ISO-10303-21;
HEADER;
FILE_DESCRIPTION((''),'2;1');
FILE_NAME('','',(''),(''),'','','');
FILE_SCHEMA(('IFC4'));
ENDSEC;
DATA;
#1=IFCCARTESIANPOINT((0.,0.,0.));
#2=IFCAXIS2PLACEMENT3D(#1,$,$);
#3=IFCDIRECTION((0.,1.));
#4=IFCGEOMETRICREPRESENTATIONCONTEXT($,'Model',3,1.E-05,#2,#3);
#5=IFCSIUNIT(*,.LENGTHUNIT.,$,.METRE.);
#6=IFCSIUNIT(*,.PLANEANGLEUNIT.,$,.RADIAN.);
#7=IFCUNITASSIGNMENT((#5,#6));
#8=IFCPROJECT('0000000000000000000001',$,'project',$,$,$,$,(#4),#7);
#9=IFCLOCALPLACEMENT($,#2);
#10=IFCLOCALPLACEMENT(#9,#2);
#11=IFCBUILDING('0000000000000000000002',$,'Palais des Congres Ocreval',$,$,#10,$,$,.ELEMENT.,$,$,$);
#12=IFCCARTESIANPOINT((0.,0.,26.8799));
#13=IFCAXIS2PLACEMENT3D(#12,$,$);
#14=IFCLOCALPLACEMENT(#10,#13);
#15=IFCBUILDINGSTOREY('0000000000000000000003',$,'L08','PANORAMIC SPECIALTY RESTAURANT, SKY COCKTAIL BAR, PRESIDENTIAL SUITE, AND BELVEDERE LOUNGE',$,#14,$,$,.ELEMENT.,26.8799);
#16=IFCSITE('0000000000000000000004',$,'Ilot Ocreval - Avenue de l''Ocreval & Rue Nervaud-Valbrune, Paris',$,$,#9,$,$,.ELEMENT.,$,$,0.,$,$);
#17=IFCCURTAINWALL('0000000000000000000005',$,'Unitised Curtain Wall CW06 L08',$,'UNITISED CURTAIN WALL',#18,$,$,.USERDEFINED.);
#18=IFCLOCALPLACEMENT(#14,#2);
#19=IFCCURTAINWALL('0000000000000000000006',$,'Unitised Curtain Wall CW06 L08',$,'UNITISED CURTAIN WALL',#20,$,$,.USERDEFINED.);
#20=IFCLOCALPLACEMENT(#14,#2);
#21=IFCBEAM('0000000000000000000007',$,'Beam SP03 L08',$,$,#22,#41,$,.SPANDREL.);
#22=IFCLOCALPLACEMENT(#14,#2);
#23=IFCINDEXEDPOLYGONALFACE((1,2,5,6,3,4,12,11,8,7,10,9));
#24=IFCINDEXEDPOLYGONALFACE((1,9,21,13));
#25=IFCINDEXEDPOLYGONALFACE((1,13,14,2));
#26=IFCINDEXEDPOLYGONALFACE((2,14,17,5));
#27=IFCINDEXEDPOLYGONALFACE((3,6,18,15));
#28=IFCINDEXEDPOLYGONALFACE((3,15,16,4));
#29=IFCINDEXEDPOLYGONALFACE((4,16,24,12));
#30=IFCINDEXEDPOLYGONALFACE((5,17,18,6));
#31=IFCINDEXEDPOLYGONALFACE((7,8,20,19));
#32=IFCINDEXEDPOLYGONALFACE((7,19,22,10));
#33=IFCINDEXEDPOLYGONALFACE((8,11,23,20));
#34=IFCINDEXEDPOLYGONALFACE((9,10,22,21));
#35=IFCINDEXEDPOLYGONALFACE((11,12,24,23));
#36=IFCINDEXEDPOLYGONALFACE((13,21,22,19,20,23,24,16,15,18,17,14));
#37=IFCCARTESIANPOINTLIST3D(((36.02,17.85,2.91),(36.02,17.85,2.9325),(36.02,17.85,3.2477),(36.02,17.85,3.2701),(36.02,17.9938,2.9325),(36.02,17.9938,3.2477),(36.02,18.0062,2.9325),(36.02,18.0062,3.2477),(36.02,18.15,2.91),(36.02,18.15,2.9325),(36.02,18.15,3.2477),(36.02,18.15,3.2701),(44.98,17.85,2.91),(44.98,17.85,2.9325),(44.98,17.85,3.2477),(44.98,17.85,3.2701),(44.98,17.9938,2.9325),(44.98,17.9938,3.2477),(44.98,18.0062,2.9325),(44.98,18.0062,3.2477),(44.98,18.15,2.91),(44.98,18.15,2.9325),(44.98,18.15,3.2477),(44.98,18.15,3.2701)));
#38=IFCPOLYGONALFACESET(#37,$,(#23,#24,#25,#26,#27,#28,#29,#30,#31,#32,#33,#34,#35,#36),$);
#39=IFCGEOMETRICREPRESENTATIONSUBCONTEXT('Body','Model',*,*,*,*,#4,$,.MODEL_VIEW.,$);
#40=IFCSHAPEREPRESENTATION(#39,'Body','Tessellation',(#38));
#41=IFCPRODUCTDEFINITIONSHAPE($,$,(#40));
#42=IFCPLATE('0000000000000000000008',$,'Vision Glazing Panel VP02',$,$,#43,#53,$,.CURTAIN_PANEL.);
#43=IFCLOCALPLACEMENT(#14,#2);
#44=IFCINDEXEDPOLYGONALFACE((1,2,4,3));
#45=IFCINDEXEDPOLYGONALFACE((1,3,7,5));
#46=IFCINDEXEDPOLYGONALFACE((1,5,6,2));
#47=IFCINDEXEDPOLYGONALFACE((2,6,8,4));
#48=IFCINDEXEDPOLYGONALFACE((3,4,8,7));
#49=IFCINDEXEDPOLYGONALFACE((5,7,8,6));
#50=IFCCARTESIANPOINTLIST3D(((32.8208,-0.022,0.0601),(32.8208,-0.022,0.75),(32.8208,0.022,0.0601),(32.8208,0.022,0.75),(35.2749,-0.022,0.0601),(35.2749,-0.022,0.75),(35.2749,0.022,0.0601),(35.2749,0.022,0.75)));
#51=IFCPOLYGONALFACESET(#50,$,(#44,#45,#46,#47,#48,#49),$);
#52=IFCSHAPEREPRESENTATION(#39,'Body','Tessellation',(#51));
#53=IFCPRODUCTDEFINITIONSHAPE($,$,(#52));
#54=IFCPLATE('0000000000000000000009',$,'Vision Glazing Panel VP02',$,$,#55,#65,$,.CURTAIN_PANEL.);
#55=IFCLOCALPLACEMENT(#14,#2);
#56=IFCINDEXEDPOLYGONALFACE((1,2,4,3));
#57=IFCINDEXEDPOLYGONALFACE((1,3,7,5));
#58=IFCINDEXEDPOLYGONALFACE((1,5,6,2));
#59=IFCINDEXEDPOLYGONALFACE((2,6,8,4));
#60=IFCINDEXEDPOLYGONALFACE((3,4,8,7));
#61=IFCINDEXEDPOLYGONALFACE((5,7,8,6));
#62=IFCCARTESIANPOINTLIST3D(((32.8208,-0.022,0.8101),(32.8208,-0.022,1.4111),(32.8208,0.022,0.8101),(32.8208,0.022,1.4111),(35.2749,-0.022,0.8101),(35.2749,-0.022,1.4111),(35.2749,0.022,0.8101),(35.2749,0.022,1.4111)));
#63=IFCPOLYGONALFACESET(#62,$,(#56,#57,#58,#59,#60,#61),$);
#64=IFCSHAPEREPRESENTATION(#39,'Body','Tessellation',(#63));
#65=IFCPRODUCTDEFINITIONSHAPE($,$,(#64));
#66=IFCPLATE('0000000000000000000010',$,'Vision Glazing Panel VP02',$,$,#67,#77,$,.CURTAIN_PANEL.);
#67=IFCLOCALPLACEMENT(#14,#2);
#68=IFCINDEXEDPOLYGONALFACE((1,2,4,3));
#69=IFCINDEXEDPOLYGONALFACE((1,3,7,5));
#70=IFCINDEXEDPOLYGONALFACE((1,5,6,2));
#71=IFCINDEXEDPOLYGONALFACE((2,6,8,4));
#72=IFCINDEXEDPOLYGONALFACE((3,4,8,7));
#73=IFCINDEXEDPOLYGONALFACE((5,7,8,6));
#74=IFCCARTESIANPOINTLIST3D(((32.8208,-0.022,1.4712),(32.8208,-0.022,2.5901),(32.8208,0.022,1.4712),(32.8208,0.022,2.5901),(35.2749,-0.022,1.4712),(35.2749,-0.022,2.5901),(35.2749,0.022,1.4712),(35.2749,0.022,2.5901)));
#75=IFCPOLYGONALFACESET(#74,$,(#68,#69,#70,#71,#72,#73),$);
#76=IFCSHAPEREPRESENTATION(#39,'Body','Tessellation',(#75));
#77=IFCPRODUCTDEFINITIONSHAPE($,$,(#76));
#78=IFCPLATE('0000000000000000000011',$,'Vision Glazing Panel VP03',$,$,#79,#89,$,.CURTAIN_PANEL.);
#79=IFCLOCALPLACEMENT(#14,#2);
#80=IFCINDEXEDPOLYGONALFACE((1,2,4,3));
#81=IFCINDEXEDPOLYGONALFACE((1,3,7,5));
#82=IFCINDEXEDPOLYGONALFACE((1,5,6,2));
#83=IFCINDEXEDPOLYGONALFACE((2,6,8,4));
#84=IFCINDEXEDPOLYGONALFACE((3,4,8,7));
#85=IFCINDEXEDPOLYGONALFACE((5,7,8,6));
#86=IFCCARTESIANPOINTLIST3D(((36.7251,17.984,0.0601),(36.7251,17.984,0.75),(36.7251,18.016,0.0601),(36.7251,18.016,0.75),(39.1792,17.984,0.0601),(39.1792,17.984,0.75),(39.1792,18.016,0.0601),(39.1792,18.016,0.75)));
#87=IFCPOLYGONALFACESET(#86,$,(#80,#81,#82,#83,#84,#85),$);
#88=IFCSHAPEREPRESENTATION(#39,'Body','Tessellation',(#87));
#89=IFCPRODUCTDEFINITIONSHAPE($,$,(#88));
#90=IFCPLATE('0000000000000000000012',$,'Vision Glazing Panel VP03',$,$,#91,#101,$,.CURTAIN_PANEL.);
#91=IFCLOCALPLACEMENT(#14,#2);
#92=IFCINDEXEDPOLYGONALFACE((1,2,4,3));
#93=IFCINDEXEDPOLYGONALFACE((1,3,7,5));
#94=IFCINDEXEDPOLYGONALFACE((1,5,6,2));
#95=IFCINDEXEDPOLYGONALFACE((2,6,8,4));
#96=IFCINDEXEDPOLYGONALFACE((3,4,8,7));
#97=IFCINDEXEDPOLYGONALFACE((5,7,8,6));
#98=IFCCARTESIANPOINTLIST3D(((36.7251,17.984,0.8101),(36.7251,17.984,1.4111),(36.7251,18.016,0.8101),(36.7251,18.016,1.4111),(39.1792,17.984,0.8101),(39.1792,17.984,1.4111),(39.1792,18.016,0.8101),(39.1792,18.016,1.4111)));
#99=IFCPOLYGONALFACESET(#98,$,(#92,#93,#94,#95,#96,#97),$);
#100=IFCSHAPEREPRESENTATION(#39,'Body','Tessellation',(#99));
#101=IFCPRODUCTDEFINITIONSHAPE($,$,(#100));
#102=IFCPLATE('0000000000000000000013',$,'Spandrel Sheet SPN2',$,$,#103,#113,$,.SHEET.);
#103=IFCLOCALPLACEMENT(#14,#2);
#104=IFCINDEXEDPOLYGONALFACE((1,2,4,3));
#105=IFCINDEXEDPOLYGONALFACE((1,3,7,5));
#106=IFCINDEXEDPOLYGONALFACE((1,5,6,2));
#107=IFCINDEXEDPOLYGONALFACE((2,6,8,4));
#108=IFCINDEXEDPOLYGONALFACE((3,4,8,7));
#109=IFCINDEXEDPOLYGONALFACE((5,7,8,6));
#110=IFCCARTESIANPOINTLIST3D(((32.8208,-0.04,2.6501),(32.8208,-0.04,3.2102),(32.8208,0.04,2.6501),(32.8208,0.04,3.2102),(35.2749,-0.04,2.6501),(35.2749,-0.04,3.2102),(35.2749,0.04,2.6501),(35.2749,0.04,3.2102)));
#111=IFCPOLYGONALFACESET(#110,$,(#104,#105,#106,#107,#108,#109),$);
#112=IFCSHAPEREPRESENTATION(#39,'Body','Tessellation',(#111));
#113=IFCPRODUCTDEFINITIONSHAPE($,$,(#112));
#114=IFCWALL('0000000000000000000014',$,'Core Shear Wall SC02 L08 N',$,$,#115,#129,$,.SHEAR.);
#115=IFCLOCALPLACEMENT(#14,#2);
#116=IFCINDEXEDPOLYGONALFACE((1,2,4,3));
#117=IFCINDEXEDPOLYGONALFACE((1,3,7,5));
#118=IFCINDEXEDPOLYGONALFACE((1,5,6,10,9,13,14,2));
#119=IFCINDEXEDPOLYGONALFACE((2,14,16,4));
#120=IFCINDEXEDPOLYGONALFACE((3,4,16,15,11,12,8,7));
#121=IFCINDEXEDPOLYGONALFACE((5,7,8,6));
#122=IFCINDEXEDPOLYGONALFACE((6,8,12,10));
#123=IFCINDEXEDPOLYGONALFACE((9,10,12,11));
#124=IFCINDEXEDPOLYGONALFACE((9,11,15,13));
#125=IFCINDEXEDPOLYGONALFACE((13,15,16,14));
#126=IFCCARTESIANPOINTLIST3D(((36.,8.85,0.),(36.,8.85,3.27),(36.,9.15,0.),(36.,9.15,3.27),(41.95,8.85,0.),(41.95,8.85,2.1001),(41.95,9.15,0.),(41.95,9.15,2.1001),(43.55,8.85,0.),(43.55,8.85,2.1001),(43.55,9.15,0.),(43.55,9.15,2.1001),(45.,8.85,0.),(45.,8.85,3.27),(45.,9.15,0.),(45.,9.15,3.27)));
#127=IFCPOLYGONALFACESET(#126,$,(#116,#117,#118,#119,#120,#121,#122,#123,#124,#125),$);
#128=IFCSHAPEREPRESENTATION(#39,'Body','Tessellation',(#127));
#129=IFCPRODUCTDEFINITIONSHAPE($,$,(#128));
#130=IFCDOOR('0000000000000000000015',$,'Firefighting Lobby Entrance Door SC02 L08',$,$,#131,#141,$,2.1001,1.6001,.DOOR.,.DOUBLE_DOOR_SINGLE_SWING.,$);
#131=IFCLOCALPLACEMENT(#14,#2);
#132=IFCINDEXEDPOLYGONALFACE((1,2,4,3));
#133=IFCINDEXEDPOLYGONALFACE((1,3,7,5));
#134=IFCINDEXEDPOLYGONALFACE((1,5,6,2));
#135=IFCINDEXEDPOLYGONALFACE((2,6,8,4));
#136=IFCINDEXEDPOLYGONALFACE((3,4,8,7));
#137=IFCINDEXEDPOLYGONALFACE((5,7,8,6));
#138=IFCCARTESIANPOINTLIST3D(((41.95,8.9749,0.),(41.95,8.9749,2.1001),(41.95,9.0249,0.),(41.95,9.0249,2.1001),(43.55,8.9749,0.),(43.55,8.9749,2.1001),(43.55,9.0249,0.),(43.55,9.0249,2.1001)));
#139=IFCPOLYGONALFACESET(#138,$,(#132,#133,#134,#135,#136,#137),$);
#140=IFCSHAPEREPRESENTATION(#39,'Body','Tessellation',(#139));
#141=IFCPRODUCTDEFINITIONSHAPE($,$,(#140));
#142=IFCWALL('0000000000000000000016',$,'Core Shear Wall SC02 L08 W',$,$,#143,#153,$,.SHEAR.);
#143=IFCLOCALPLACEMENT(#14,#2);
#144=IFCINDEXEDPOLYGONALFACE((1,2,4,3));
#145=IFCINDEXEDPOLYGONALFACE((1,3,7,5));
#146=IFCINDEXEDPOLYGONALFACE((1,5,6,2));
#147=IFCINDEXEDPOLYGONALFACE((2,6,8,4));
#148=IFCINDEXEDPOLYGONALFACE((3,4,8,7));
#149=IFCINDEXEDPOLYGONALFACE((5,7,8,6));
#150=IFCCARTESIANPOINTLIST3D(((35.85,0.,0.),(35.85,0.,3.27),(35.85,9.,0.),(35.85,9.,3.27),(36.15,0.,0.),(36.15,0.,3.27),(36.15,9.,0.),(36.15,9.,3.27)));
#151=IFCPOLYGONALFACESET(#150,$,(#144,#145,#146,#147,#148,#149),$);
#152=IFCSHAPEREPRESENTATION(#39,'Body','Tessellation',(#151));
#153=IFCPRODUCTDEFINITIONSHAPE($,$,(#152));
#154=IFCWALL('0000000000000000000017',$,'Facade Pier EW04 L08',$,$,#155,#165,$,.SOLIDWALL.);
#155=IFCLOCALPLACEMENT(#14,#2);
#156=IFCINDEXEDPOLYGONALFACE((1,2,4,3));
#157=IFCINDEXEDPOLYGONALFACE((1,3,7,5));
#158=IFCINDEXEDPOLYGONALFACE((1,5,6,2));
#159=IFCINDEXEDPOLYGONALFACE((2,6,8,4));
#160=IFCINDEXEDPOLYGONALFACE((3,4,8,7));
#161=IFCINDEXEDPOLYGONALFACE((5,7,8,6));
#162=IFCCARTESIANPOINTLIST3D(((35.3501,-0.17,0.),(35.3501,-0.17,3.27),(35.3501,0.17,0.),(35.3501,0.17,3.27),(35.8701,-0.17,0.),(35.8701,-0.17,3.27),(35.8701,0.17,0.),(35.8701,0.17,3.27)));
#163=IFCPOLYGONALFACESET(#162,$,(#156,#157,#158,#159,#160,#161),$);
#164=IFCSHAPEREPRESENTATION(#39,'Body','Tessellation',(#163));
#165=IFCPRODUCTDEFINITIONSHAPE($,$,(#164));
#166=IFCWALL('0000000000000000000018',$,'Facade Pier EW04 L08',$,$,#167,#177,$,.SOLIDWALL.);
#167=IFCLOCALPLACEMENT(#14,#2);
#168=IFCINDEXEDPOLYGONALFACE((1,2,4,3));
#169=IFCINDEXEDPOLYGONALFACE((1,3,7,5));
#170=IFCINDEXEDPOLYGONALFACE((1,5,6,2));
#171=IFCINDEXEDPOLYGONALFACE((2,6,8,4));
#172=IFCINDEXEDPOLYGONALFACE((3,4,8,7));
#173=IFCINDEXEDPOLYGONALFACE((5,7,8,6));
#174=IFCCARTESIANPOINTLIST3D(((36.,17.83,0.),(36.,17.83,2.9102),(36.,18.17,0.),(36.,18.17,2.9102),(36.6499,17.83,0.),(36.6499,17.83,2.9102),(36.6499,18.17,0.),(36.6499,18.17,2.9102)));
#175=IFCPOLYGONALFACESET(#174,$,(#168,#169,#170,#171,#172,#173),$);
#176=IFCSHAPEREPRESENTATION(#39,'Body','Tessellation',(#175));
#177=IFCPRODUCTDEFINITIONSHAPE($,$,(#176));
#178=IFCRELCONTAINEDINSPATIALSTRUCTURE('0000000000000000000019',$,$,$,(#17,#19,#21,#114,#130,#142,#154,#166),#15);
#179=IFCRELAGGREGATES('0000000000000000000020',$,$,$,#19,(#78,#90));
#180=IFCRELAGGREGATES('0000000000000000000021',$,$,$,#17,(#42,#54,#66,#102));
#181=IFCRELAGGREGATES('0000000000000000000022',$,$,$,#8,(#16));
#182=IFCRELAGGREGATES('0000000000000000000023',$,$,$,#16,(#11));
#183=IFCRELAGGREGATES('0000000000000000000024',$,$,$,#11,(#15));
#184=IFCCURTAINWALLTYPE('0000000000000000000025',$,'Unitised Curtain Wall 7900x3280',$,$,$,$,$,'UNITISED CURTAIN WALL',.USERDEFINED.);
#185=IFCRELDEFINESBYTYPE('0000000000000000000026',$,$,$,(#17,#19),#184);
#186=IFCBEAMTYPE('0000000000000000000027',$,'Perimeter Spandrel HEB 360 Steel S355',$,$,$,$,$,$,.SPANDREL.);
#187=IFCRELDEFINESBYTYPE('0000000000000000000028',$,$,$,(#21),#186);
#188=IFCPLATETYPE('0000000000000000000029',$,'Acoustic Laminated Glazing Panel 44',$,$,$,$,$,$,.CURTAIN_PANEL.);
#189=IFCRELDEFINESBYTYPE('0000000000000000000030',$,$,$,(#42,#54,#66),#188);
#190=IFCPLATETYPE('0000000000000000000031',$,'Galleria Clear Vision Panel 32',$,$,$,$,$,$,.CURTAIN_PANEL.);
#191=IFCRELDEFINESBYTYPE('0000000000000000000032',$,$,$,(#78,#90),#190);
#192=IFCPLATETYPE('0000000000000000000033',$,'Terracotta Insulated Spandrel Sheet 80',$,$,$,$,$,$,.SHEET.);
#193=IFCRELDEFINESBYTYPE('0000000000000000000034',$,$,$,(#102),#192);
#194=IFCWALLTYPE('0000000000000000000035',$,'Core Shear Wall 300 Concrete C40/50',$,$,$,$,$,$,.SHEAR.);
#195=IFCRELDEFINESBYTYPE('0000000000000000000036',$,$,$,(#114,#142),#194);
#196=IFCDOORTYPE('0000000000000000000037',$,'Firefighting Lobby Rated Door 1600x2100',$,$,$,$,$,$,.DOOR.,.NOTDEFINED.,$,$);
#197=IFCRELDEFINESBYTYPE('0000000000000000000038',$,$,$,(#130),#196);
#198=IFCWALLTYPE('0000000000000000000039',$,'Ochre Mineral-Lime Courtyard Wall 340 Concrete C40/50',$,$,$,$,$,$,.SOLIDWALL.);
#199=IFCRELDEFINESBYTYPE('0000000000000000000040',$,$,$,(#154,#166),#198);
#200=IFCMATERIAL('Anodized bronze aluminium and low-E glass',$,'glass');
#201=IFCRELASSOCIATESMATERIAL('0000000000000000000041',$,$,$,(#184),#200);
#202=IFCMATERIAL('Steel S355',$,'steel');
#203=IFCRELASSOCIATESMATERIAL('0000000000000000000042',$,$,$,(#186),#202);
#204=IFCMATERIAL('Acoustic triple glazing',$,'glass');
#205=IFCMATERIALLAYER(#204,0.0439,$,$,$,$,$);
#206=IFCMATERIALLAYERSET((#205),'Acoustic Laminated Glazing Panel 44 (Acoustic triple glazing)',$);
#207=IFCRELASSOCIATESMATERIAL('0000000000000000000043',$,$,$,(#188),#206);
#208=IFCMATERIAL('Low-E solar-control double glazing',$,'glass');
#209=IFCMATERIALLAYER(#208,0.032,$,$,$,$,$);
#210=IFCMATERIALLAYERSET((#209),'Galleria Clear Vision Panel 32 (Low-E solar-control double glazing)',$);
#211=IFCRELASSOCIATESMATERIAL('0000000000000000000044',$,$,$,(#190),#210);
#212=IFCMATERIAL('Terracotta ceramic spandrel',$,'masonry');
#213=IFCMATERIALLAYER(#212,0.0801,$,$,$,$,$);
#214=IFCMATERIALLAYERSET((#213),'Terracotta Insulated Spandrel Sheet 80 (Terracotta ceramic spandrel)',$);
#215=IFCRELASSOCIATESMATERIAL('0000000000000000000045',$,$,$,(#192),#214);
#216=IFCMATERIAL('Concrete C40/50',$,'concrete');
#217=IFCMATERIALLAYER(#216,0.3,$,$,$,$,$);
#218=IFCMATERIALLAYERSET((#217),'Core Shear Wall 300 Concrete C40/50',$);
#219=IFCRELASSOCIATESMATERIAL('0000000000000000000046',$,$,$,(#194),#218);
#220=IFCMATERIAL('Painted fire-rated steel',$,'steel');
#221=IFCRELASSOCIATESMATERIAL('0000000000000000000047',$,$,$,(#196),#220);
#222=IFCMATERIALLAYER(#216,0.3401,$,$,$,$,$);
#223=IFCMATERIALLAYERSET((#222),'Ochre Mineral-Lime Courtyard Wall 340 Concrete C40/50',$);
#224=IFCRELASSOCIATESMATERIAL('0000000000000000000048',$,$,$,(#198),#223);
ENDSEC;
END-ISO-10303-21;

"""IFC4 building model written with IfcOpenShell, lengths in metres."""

from ifc_helpers import new_model, si_unit, direction, frame, frame_2d, origin, origin_2d, place, context, subcontext, project, spatial, rectangle, i_section, extrude, material, layer, layer_set, material_profile, profile_set, type_object, element, fill, aggregate, save


model = new_model("IFC4")

# Units and contexts
model_context = context("Model", 3, precision=1e-05, world=origin(), true_north=direction((0.0, 1.0)))
body_context = subcontext(model_context, "Body", "Model", "MODEL_VIEW")
ifc_project = project(units=[si_unit("LENGTHUNIT", "METRE"), si_unit("PLANEANGLEUNIT", "RADIAN")], contexts=[model_context])

# Site, building, storey
site_placement = place(None, origin())
site = spatial("IfcSite", under=ifc_project, at=site_placement, Name="Ilot Ocreval - Avenue de l'Ocreval & Rue Nervaud-Valbrune, Paris", CompositionType="ELEMENT", RefElevation=0.0)
building_placement = place(site_placement, origin())
building = spatial("IfcBuilding", under=site, at=building_placement, Name="Palais des Congres Ocreval", CompositionType="ELEMENT")
storey_placement = place(building_placement, frame((0.0, 0.0, 26.8799)))
storey = spatial("IfcBuildingStorey", under=building, at=storey_placement, Name="L08", Description="PANORAMIC SPECIALTY RESTAURANT, SKY COCKTAIL BAR, PRESIDENTIAL SUITE, AND BELVEDERE LOUNGE", CompositionType="ELEMENT", Elevation=26.8799)

# Shared definitions
ifc_material_1 = material(Name="Steel S355", Category="steel")

# Curtain wall
ifc_material_2 = material(Name="Anodized bronze aluminium and low-E glass", Category="glass")
curtain_wall_type = type_object("IfcCurtainWallType", Name="Unitised Curtain Wall 7900x3280", ElementType="UNITISED CURTAIN WALL", PredefinedType="USERDEFINED", material=ifc_material_2)
curtain_wall_1_placement = place(storey_placement, origin())
curtain_wall_1 = element("IfcCurtainWall", 1, at=curtain_wall_1_placement, inside=storey, type_object=curtain_wall_type, Name="Unitised Curtain Wall CW06 L08", ObjectType="UNITISED CURTAIN WALL", PredefinedType="USERDEFINED")

# Curtain wall
curtain_wall_2_placement = place(storey_placement, origin())
curtain_wall_2 = element("IfcCurtainWall", 2, at=curtain_wall_2_placement, inside=storey, type_object=curtain_wall_type, Name="Unitised Curtain Wall CW06 L08", ObjectType="UNITISED CURTAIN WALL", PredefinedType="USERDEFINED")

# Beam
ifc_material_profile_1 = material_profile(ifc_material_1, i_section(OverallWidth=0.3, OverallDepth=0.3601, WebThickness=0.0125, FlangeThickness=0.0225, at=origin_2d()), Name="HEB 360")
ifc_profile_set_1 = profile_set([ifc_material_profile_1], Name="Steel S355")
beam_type_1 = type_object("IfcBeamType", Name="Perimeter Spandrel HEB 360 Steel S355", PredefinedType="SPANDREL", material=ifc_profile_set_1)
beam_placement = place(storey_placement, frame((36.02, 18.0, 3.0901), z_axis=(1.0, 0.0, 0.0), x_axis=(0.0, 1.0, 0.0)))
element("IfcBeam", 3, at=beam_placement, inside=storey, type_object=beam_type_1, Name="Beam SP03 L08", PredefinedType="SPANDREL", context=body_context, shape_type="SweptSolid", body=[
    extrude(i_section(OverallWidth=0.3, OverallDepth=0.3601, WebThickness=0.0125, FlangeThickness=0.0225, at=origin_2d()), origin(), (0.0, 0.0, 1.0), 8.96),
])

# Plates
ifc_material_3 = material(Name="Acoustic triple glazing", Category="glass")
ifc_layer_1 = layer(ifc_material_3, 0.0439)
ifc_layer_set_1 = layer_set([ifc_layer_1], Name="Acoustic Laminated Glazing Panel 44 (Acoustic triple glazing)")
plate_type_1 = type_object("IfcPlateType", Name="Acoustic Laminated Glazing Panel 44", PredefinedType="CURTAIN_PANEL", material=ifc_layer_set_1)
plate_1_placement = place(storey_placement, frame((34.0479, 0.0, 0.0601), z_axis=(0.0, 0.0, 1.0), x_axis=(-1.0, 0.0, 0.0)))
plate_1 = element("IfcPlate", 4, at=plate_1_placement, type_object=plate_type_1, Name="Vision Glazing Panel VP02", PredefinedType="CURTAIN_PANEL", context=body_context, shape_type="SweptSolid", body=[
    extrude(rectangle(XDim=2.4541, YDim=0.0439, at=origin_2d()), origin(), (0.0, 0.0, 1.0), 0.6899),
])
plate_2_placement = place(storey_placement, frame((34.0479, 0.0, 0.8101), z_axis=(0.0, 0.0, 1.0), x_axis=(-1.0, 0.0, 0.0)))
plate_2 = element("IfcPlate", 5, at=plate_2_placement, type_object=plate_type_1, Name="Vision Glazing Panel VP02", PredefinedType="CURTAIN_PANEL", context=body_context, shape_type="SweptSolid", body=[
    extrude(rectangle(XDim=2.4541, YDim=0.0439, at=origin_2d()), origin(), (0.0, 0.0, 1.0), 0.6011),
])
plate_3_placement = place(storey_placement, frame((34.0479, 0.0, 1.4712), z_axis=(0.0, 0.0, 1.0), x_axis=(-1.0, 0.0, 0.0)))
plate_3 = element("IfcPlate", 6, at=plate_3_placement, type_object=plate_type_1, Name="Vision Glazing Panel VP02", PredefinedType="CURTAIN_PANEL", context=body_context, shape_type="SweptSolid", body=[
    extrude(rectangle(XDim=2.4541, YDim=0.0439, at=origin_2d()), origin(), (0.0, 0.0, 1.0), 1.1189),
])
ifc_material_4 = material(Name="Low-E solar-control double glazing", Category="glass")
ifc_layer_2 = layer(ifc_material_4, 0.032)
ifc_layer_set_2 = layer_set([ifc_layer_2], Name="Galleria Clear Vision Panel 32 (Low-E solar-control double glazing)")
plate_type_2 = type_object("IfcPlateType", Name="Galleria Clear Vision Panel 32", PredefinedType="CURTAIN_PANEL", material=ifc_layer_set_2)
plate_4_placement = place(storey_placement, frame((37.9521, 18.0, 0.0601), z_axis=(0.0, 0.0, 1.0), x_axis=(1.0, 0.0, 0.0)))
plate_4 = element("IfcPlate", 7, at=plate_4_placement, type_object=plate_type_2, Name="Vision Glazing Panel VP03", PredefinedType="CURTAIN_PANEL", context=body_context, shape_type="SweptSolid", body=[
    extrude(rectangle(XDim=2.4541, YDim=0.032, at=origin_2d()), origin(), (0.0, 0.0, 1.0), 0.6899),
])
plate_5_placement = place(storey_placement, frame((37.9521, 18.0, 0.8101), z_axis=(0.0, 0.0, 1.0), x_axis=(1.0, 0.0, 0.0)))
plate_5 = element("IfcPlate", 8, at=plate_5_placement, type_object=plate_type_2, Name="Vision Glazing Panel VP03", PredefinedType="CURTAIN_PANEL", context=body_context, shape_type="SweptSolid", body=[
    extrude(rectangle(XDim=2.4541, YDim=0.032, at=origin_2d()), origin(), (0.0, 0.0, 1.0), 0.6011),
])
aggregate(curtain_wall_2, [plate_4, plate_5])
ifc_material_5 = material(Name="Terracotta ceramic spandrel", Category="masonry")
ifc_layer_3 = layer(ifc_material_5, 0.0801)
ifc_layer_set_3 = layer_set([ifc_layer_3], Name="Terracotta Insulated Spandrel Sheet 80 (Terracotta ceramic spandrel)")
plate_type_3 = type_object("IfcPlateType", Name="Terracotta Insulated Spandrel Sheet 80", PredefinedType="SHEET", material=ifc_layer_set_3)
plate_6_placement = place(storey_placement, frame((34.0479, 0.0, 2.6501), z_axis=(0.0, 0.0, 1.0), x_axis=(-1.0, 0.0, 0.0)))
plate_6 = element("IfcPlate", 9, at=plate_6_placement, type_object=plate_type_3, Name="Spandrel Sheet SPN2", PredefinedType="SHEET", context=body_context, shape_type="SweptSolid", body=[
    extrude(rectangle(XDim=2.4541, YDim=0.0801, at=origin_2d()), origin(), (0.0, 0.0, 1.0), 0.5601),
])
aggregate(curtain_wall_1, [plate_1, plate_2, plate_3, plate_6])

# Wall, opening, door
ifc_material_6 = material(Name="Concrete C40/50", Category="concrete")
ifc_layer_4 = layer(ifc_material_6, 0.3)
ifc_layer_set_4 = layer_set([ifc_layer_4], Name="Core Shear Wall 300 Concrete C40/50")
wall_type_1 = type_object("IfcWallType", Name="Core Shear Wall 300 Concrete C40/50", PredefinedType="SHEAR", material=ifc_layer_set_4)
wall_1_placement = place(storey_placement, frame((36.0, 9.0, 0.0), z_axis=(0.0, 0.0, 1.0), x_axis=(1.0, 0.0, 0.0)))
wall_1 = element("IfcWall", 10, at=wall_1_placement, inside=storey, type_object=wall_type_1, Name="Core Shear Wall SC02 L08 N", PredefinedType="SHEAR", context=body_context, shape_type="SweptSolid", body=[
    extrude(rectangle(XDim=9.0, YDim=0.3, at=frame_2d((4.5, 0.0))), origin(), (0.0, 0.0, 1.0), 3.27),
])
opening_placement = place(wall_1_placement, frame((5.95, 0.0, 0.0)))
opening = element("IfcOpeningElement", 11, at=opening_placement, cuts=wall_1, PredefinedType="OPENING", context=body_context, shape_type="SweptSolid", body=[
    extrude(rectangle(XDim=1.6001, YDim=2.1001, at=frame_2d((0.8, 1.05))), frame((0.0, 0.1599, 0.0), z_axis=(0.0, -1.0, 0.0), x_axis=(1.0, 0.0, 0.0)), (0.0, 0.0, 1.0), 0.3201),
])
ifc_material_7 = material(Name="Painted fire-rated steel", Category="steel")
door_type = type_object("IfcDoorType", Name="Firefighting Lobby Rated Door 1600x2100", OperationType="NOTDEFINED", PredefinedType="DOOR", material=ifc_material_7)
door_placement = place(opening_placement, origin())
door = element("IfcDoor", 12, at=door_placement, inside=storey, type_object=door_type, Name="Firefighting Lobby Entrance Door SC02 L08", OperationType="DOUBLE_DOOR_SINGLE_SWING", OverallHeight=2.1001, OverallWidth=1.6001, PredefinedType="DOOR", context=body_context, shape_type="SweptSolid", body=[
    extrude(rectangle(XDim=1.6001, YDim=2.1001, at=frame_2d((0.8, 1.05))), frame((0.0, 0.0249, 0.0), z_axis=(0.0, -1.0, 0.0), x_axis=(1.0, 0.0, 0.0)), (0.0, 0.0, 1.0), 0.05),
])
fill(opening, door)

# Walls
wall_2_placement = place(storey_placement, frame((36.0, 0.0, 0.0), z_axis=(0.0, 0.0, 1.0), x_axis=(0.0, 1.0, 0.0)))
element("IfcWall", 13, at=wall_2_placement, inside=storey, type_object=wall_type_1, Name="Core Shear Wall SC02 L08 W", PredefinedType="SHEAR", context=body_context, shape_type="SweptSolid", body=[
    extrude(rectangle(XDim=9.0, YDim=0.3, at=frame_2d((4.5, 0.0))), origin(), (0.0, 0.0, 1.0), 3.27),
])
ifc_layer_5 = layer(ifc_material_6, 0.3401)
ifc_layer_set_5 = layer_set([ifc_layer_5], Name="Ochre Mineral-Lime Courtyard Wall 340 Concrete C40/50")
wall_type_2 = type_object("IfcWallType", Name="Ochre Mineral-Lime Courtyard Wall 340 Concrete C40/50", PredefinedType="SOLIDWALL", material=ifc_layer_set_5)
wall_3_placement = place(storey_placement, frame((35.8701, 0.0, 0.0), z_axis=(0.0, 0.0, 1.0), x_axis=(-1.0, 0.0, 0.0)))
element("IfcWall", 14, at=wall_3_placement, inside=storey, type_object=wall_type_2, Name="Facade Pier EW04 L08", PredefinedType="SOLIDWALL", context=body_context, shape_type="SweptSolid", body=[
    extrude(rectangle(XDim=0.52, YDim=0.3401, at=frame_2d((0.26, 0.0))), origin(), (0.0, 0.0, 1.0), 3.27),
])
wall_4_placement = place(storey_placement, frame((36.0, 18.0, 0.0), z_axis=(0.0, 0.0, 1.0), x_axis=(1.0, 0.0, 0.0)))
element("IfcWall", 15, at=wall_4_placement, inside=storey, type_object=wall_type_2, Name="Facade Pier EW04 L08", PredefinedType="SOLIDWALL", context=body_context, shape_type="SweptSolid", body=[
    extrude(rectangle(XDim=0.6499, YDim=0.3401, at=frame_2d((0.325, 0.0))), origin(), (0.0, 0.0, 1.0), 2.9102),
])

save(model, "model.ifc")
